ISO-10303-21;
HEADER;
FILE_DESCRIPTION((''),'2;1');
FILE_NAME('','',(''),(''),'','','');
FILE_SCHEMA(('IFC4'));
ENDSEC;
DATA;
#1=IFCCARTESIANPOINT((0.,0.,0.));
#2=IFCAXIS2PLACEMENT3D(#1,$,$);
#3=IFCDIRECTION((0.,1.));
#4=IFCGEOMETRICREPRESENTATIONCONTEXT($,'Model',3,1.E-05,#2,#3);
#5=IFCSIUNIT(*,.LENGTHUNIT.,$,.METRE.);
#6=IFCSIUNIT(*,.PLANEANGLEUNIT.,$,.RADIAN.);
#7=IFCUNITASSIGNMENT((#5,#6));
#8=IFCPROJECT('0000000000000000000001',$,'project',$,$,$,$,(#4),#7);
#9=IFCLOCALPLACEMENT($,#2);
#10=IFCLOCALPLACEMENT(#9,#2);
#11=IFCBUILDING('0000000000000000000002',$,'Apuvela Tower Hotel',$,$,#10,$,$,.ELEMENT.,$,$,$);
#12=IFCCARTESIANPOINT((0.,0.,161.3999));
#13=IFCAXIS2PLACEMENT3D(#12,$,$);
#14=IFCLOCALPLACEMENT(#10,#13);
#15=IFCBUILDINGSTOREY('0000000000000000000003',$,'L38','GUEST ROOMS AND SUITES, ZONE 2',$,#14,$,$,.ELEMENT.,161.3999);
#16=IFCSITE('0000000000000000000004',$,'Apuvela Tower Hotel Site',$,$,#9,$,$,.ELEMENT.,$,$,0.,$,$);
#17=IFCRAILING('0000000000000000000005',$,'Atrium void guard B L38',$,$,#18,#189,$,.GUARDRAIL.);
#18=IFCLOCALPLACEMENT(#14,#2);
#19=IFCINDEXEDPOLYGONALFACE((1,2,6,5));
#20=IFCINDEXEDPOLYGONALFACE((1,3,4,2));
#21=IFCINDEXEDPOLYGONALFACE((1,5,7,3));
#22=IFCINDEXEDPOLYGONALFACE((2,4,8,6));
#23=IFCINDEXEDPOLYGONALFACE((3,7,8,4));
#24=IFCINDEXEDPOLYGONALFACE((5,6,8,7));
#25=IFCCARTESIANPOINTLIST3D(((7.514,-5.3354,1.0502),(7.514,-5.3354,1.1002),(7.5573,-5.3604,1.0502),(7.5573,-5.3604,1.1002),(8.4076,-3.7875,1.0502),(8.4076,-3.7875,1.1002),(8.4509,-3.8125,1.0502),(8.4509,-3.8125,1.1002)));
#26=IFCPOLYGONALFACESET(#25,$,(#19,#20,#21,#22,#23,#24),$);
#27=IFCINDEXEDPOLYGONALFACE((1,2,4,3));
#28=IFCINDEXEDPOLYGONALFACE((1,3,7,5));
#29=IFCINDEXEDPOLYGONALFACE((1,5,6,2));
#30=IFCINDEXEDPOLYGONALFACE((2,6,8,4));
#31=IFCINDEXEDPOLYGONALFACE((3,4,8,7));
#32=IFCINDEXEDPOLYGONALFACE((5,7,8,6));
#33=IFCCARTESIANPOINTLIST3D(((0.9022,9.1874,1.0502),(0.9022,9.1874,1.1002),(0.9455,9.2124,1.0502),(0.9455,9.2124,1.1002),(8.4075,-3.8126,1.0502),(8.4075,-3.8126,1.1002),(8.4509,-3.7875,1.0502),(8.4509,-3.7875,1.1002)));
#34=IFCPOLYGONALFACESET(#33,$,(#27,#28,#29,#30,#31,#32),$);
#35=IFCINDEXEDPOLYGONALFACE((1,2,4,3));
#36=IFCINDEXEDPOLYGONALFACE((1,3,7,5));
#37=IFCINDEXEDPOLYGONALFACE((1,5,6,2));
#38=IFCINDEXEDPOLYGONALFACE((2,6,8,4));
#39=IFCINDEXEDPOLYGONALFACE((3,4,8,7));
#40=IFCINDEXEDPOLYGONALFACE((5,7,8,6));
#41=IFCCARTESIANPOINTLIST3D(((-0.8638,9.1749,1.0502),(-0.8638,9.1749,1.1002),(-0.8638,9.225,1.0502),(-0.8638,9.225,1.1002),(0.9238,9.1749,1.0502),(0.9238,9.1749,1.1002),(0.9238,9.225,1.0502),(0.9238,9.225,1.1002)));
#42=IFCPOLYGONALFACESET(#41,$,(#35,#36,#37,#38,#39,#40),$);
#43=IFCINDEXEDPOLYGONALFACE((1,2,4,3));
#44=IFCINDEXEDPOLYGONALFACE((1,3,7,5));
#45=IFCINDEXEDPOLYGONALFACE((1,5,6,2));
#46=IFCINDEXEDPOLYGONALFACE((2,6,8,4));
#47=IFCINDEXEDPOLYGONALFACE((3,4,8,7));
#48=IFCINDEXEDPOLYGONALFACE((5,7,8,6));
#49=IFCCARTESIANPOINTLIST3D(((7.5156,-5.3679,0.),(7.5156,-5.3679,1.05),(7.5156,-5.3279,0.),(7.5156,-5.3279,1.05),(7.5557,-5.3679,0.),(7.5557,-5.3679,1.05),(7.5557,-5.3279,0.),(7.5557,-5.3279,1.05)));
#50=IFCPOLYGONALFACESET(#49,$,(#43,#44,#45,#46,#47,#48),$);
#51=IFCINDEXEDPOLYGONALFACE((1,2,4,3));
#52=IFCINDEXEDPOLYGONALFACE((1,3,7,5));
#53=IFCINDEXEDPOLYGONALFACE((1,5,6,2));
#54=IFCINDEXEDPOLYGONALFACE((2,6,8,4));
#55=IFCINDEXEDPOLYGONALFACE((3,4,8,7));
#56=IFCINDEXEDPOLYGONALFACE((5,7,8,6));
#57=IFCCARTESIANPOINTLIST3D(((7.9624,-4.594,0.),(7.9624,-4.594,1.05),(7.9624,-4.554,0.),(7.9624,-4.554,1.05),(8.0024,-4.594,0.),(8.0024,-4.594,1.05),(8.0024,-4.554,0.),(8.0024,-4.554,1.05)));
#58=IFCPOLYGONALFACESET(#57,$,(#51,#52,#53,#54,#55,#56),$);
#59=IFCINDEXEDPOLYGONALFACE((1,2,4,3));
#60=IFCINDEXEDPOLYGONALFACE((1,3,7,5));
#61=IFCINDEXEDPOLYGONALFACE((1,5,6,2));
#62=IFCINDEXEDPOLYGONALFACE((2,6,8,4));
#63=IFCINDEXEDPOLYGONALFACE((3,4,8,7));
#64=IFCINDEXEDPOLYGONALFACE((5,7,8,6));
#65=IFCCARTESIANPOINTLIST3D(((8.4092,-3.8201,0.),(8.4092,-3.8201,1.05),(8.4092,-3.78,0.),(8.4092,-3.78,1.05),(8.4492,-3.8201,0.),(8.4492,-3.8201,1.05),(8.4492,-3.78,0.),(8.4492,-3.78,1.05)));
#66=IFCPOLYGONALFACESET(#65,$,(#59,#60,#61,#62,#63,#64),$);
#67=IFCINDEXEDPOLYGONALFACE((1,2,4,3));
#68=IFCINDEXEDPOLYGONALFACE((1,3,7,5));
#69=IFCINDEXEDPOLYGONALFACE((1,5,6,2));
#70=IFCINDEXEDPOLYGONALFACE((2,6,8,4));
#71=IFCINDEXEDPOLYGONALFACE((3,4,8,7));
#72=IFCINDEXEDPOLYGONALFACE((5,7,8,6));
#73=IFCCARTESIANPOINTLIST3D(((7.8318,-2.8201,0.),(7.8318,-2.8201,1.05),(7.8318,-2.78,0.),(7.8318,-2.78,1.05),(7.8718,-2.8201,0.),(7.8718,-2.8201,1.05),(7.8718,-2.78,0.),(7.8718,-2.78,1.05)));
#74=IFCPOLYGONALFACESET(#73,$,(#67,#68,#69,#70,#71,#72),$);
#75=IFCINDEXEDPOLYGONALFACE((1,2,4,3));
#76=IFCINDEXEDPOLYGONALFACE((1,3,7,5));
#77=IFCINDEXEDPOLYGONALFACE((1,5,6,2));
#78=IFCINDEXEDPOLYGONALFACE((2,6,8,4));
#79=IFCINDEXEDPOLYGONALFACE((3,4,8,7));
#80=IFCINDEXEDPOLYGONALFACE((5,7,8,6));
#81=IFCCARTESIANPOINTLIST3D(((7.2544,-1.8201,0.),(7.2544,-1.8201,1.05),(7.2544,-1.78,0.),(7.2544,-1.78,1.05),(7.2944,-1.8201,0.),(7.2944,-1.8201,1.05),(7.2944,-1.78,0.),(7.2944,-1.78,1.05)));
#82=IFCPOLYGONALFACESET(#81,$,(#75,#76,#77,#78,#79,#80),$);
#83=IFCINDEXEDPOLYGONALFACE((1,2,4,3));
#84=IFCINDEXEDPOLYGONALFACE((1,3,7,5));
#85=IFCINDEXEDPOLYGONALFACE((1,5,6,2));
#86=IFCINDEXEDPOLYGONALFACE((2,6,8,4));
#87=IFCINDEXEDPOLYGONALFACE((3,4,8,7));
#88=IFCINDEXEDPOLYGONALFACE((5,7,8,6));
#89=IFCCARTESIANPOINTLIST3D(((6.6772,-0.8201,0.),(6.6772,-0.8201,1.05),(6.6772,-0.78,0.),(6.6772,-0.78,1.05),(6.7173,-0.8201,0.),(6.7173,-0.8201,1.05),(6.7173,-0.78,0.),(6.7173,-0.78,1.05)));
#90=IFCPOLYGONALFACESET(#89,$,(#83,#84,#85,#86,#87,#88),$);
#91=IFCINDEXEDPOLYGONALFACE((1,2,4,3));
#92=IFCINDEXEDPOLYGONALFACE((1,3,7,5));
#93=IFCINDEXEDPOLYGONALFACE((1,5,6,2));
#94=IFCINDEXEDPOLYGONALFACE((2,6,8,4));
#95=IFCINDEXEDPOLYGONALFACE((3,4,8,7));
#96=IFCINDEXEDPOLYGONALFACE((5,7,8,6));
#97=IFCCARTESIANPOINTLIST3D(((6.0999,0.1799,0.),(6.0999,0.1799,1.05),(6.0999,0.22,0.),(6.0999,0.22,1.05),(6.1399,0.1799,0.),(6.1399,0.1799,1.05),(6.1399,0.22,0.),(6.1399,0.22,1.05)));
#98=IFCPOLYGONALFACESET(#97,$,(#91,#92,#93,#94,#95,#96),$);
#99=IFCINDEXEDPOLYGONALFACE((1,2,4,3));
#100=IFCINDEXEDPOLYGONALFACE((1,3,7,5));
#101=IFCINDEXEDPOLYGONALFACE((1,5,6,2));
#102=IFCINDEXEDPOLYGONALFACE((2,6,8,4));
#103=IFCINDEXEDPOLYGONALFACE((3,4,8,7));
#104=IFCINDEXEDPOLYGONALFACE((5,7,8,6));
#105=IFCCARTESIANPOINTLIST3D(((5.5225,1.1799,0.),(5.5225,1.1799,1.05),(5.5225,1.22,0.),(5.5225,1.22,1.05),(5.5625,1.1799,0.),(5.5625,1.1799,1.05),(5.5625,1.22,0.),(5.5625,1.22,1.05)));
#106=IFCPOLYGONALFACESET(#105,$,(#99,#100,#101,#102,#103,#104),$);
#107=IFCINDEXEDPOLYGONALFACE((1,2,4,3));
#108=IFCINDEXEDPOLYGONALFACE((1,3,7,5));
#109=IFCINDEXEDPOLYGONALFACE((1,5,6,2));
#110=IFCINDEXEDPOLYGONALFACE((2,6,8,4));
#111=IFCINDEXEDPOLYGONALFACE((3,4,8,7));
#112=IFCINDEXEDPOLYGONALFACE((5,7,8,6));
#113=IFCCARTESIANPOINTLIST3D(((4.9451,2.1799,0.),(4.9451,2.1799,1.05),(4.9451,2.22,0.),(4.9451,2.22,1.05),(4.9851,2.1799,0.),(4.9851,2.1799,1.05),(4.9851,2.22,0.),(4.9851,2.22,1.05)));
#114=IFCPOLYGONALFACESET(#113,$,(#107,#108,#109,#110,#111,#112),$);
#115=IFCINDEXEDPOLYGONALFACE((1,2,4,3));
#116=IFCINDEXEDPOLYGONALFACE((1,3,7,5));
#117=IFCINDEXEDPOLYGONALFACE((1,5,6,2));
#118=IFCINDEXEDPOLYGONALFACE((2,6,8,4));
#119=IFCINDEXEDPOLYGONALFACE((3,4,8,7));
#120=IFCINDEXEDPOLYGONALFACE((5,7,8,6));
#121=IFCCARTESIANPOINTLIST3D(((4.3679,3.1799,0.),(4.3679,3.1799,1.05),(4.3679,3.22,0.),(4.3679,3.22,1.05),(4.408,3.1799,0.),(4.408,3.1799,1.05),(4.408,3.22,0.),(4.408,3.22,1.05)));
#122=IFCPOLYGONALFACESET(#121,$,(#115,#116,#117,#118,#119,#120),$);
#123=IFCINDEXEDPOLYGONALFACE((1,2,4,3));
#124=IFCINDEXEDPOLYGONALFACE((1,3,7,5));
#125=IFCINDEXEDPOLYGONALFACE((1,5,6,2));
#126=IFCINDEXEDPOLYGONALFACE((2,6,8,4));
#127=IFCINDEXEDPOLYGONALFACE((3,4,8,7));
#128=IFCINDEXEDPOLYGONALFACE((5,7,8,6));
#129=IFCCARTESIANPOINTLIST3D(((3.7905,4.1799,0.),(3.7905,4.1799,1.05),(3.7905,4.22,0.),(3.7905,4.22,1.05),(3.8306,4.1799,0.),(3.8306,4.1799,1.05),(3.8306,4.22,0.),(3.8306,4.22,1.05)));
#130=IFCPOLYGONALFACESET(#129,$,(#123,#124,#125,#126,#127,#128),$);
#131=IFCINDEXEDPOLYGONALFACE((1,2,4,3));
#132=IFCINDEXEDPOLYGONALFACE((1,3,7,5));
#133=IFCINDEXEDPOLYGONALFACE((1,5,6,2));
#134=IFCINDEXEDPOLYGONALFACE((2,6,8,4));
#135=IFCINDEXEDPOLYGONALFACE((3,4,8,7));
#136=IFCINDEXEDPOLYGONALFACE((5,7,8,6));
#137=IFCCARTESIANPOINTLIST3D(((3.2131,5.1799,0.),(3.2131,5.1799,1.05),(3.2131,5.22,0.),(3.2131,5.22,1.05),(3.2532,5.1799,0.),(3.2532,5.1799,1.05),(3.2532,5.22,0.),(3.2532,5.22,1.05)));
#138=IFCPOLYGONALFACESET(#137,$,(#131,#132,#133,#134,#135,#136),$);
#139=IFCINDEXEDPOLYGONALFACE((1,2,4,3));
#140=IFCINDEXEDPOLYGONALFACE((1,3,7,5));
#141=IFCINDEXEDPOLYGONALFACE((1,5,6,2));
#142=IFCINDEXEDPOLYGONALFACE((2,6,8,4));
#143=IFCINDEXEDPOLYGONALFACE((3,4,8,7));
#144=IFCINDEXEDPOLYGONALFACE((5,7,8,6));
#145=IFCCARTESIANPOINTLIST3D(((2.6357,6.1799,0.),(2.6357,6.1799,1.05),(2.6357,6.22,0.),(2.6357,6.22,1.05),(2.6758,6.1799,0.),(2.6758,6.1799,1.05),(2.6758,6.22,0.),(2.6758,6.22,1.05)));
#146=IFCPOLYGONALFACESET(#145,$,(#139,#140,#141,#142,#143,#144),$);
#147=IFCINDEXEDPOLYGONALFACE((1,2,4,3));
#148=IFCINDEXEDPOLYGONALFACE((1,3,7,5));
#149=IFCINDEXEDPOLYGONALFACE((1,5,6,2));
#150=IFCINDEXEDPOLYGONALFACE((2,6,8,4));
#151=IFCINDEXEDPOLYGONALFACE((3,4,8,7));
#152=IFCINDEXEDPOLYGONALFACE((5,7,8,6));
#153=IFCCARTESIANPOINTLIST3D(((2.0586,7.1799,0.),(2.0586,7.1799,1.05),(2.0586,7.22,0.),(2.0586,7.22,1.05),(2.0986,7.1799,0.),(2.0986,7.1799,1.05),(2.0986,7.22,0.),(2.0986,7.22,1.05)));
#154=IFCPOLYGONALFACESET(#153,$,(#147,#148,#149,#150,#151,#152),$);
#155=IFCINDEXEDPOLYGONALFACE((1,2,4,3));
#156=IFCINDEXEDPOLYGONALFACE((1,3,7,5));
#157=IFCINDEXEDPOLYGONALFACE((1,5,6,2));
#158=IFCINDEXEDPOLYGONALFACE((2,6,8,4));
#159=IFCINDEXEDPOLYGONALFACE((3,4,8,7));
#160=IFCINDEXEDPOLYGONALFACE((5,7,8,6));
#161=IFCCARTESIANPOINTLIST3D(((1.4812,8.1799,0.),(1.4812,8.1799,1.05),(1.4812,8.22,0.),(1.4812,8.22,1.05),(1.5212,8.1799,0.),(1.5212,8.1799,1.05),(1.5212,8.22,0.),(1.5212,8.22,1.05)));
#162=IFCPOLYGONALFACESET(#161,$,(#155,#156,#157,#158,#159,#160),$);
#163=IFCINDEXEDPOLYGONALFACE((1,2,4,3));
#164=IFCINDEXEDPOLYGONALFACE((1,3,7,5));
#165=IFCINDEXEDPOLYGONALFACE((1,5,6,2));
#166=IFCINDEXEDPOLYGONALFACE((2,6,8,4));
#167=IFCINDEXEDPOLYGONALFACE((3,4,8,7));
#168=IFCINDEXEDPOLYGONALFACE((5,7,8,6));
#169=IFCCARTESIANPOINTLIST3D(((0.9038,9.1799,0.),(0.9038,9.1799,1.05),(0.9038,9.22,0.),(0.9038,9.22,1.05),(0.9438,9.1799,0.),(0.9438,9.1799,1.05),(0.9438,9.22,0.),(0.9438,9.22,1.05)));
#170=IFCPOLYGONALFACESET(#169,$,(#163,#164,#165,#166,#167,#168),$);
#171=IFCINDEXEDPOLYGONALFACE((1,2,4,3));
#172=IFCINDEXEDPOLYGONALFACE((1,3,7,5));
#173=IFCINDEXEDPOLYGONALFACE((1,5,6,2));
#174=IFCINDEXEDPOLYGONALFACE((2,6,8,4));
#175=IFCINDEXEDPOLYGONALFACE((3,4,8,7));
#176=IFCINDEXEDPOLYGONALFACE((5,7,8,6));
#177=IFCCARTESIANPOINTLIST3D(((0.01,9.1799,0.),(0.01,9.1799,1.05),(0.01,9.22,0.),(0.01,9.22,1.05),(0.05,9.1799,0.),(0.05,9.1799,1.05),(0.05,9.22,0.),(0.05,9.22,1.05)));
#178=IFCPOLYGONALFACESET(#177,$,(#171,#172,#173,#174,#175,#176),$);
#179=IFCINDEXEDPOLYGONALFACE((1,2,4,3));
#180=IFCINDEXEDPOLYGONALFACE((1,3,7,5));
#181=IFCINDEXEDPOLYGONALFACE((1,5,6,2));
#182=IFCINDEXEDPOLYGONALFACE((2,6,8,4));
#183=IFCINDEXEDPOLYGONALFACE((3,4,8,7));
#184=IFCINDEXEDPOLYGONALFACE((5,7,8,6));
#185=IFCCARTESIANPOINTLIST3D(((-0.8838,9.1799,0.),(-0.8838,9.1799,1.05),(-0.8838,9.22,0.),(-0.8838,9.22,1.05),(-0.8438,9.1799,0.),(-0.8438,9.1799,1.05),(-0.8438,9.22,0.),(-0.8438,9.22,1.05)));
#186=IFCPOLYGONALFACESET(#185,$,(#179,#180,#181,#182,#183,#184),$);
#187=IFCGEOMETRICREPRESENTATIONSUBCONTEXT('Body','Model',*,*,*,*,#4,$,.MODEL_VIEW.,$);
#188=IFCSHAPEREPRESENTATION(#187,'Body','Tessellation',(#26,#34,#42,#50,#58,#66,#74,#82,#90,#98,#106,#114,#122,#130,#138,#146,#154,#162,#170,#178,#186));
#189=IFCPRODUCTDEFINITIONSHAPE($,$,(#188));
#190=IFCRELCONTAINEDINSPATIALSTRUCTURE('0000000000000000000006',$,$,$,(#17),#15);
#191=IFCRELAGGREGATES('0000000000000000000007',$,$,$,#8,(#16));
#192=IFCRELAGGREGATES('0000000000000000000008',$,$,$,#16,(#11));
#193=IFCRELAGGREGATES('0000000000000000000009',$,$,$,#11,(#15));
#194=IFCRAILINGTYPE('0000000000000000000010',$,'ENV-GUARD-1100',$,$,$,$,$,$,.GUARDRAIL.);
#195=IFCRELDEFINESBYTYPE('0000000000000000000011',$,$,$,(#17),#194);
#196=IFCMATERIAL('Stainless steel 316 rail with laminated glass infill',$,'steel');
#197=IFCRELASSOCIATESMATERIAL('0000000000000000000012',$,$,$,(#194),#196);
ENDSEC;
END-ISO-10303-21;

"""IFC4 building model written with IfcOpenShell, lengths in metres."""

from ifc_helpers import new_model, si_unit, direction, frame, origin, origin_2d, place, context, subcontext, project, spatial, rectangle, extrude, material, type_object, element, save


model = new_model("IFC4")

# Units and contexts
model_context = context("Model", 3, precision=1e-05, world=origin(), true_north=direction((0.0, 1.0)))
body_context = subcontext(model_context, "Body", "Model", "MODEL_VIEW")
ifc_project = project(units=[si_unit("LENGTHUNIT", "METRE"), si_unit("PLANEANGLEUNIT", "RADIAN")], contexts=[model_context])

# Site, building, storey
site_placement = place(None, origin())
site = spatial("IfcSite", under=ifc_project, at=site_placement, Name="Apuvela Tower Hotel Site", CompositionType="ELEMENT", RefElevation=0.0)
building_placement = place(site_placement, origin())
building = spatial("IfcBuilding", under=site, at=building_placement, Name="Apuvela Tower Hotel", CompositionType="ELEMENT")
storey_placement = place(building_placement, frame((0.0, 0.0, 161.3999)))
storey = spatial("IfcBuildingStorey", under=building, at=storey_placement, Name="L38", Description="GUEST ROOMS AND SUITES, ZONE 2", CompositionType="ELEMENT", Elevation=161.3999)

# Railing
ifc_material_1 = material(Name="Stainless steel 316 rail with laminated glass infill", Category="steel")
railing_type_1 = type_object("IfcRailingType", Name="ENV-GUARD-1100", PredefinedType="GUARDRAIL", material=ifc_material_1)
railing_1_placement = place(storey_placement, frame((7.5356, -5.3479, 0.0)))
element("IfcRailing", 1, at=railing_1_placement, inside=storey, type_object=railing_type_1, Name="Atrium void guard B L38", PredefinedType="GUARDRAIL", context=body_context, shape_type="SweptSolid", body=[
    extrude(rectangle(XDim=0.05, YDim=0.05, at=origin_2d()), frame((0.0, 0.0, 1.0752), z_axis=(0.499959, 0.866049, 0.0), x_axis=(-0.866049, 0.499959, 0.0)), (0.0, 0.0, 1.0), 1.7874),
    extrude(rectangle(XDim=0.05, YDim=0.05, at=origin_2d()), frame((0.8936, 1.5479, 1.0752), z_axis=(-0.499991, 0.866031, 0.0), x_axis=(-0.866031, -0.499991, 0.0)), (0.0, 0.0, 1.0), 15.011),
    extrude(rectangle(XDim=0.05, YDim=0.05, at=origin_2d()), frame((-6.6118, 14.5479, 1.0752), z_axis=(-1.0, 0.0, 0.0), x_axis=(0.0, -1.0, 0.0)), (0.0, 0.0, 1.0), 1.7876),
    extrude(rectangle(XDim=0.04, YDim=0.04, at=origin_2d()), origin(), (0.0, 0.0, 1.0), 1.05),
    extrude(rectangle(XDim=0.04, YDim=0.04, at=origin_2d()), frame((0.4468, 0.7739, 0.0)), (0.0, 0.0, 1.0), 1.05),
    extrude(rectangle(XDim=0.04, YDim=0.04, at=origin_2d()), frame((0.8936, 1.5479, 0.0)), (0.0, 0.0, 1.0), 1.05),
    extrude(rectangle(XDim=0.04, YDim=0.04, at=origin_2d()), frame((0.3162, 2.5479, 0.0)), (0.0, 0.0, 1.0), 1.05),
    extrude(rectangle(XDim=0.04, YDim=0.04, at=origin_2d()), frame((-0.2612, 3.5479, 0.0)), (0.0, 0.0, 1.0), 1.05),
    extrude(rectangle(XDim=0.04, YDim=0.04, at=origin_2d()), frame((-0.8384, 4.5479, 0.0)), (0.0, 0.0, 1.0), 1.05),
    extrude(rectangle(XDim=0.04, YDim=0.04, at=origin_2d()), frame((-1.4158, 5.5479, 0.0)), (0.0, 0.0, 1.0), 1.05),
    extrude(rectangle(XDim=0.04, YDim=0.04, at=origin_2d()), frame((-1.9932, 6.5479, 0.0)), (0.0, 0.0, 1.0), 1.05),
    extrude(rectangle(XDim=0.04, YDim=0.04, at=origin_2d()), frame((-2.5706, 7.5479, 0.0)), (0.0, 0.0, 1.0), 1.05),
    extrude(rectangle(XDim=0.04, YDim=0.04, at=origin_2d()), frame((-3.1477, 8.5479, 0.0)), (0.0, 0.0, 1.0), 1.05),
    extrude(rectangle(XDim=0.04, YDim=0.04, at=origin_2d()), frame((-3.7251, 9.5479, 0.0)), (0.0, 0.0, 1.0), 1.05),
    extrude(rectangle(XDim=0.04, YDim=0.04, at=origin_2d()), frame((-4.3025, 10.5479, 0.0)), (0.0, 0.0, 1.0), 1.05),
    extrude(rectangle(XDim=0.04, YDim=0.04, at=origin_2d()), frame((-4.8799, 11.5479, 0.0)), (0.0, 0.0, 1.0), 1.05),
    extrude(rectangle(XDim=0.04, YDim=0.04, at=origin_2d()), frame((-5.457, 12.5479, 0.0)), (0.0, 0.0, 1.0), 1.05),
    extrude(rectangle(XDim=0.04, YDim=0.04, at=origin_2d()), frame((-6.0344, 13.5479, 0.0)), (0.0, 0.0, 1.0), 1.05),
    extrude(rectangle(XDim=0.04, YDim=0.04, at=origin_2d()), frame((-6.6118, 14.5479, 0.0)), (0.0, 0.0, 1.0), 1.05),
    extrude(rectangle(XDim=0.04, YDim=0.04, at=origin_2d()), frame((-7.5056, 14.5479, 0.0)), (0.0, 0.0, 1.0), 1.05),
    extrude(rectangle(XDim=0.04, YDim=0.04, at=origin_2d()), frame((-8.3994, 14.5479, 0.0)), (0.0, 0.0, 1.0), 1.05),
])

save(model, "model.ifc")
